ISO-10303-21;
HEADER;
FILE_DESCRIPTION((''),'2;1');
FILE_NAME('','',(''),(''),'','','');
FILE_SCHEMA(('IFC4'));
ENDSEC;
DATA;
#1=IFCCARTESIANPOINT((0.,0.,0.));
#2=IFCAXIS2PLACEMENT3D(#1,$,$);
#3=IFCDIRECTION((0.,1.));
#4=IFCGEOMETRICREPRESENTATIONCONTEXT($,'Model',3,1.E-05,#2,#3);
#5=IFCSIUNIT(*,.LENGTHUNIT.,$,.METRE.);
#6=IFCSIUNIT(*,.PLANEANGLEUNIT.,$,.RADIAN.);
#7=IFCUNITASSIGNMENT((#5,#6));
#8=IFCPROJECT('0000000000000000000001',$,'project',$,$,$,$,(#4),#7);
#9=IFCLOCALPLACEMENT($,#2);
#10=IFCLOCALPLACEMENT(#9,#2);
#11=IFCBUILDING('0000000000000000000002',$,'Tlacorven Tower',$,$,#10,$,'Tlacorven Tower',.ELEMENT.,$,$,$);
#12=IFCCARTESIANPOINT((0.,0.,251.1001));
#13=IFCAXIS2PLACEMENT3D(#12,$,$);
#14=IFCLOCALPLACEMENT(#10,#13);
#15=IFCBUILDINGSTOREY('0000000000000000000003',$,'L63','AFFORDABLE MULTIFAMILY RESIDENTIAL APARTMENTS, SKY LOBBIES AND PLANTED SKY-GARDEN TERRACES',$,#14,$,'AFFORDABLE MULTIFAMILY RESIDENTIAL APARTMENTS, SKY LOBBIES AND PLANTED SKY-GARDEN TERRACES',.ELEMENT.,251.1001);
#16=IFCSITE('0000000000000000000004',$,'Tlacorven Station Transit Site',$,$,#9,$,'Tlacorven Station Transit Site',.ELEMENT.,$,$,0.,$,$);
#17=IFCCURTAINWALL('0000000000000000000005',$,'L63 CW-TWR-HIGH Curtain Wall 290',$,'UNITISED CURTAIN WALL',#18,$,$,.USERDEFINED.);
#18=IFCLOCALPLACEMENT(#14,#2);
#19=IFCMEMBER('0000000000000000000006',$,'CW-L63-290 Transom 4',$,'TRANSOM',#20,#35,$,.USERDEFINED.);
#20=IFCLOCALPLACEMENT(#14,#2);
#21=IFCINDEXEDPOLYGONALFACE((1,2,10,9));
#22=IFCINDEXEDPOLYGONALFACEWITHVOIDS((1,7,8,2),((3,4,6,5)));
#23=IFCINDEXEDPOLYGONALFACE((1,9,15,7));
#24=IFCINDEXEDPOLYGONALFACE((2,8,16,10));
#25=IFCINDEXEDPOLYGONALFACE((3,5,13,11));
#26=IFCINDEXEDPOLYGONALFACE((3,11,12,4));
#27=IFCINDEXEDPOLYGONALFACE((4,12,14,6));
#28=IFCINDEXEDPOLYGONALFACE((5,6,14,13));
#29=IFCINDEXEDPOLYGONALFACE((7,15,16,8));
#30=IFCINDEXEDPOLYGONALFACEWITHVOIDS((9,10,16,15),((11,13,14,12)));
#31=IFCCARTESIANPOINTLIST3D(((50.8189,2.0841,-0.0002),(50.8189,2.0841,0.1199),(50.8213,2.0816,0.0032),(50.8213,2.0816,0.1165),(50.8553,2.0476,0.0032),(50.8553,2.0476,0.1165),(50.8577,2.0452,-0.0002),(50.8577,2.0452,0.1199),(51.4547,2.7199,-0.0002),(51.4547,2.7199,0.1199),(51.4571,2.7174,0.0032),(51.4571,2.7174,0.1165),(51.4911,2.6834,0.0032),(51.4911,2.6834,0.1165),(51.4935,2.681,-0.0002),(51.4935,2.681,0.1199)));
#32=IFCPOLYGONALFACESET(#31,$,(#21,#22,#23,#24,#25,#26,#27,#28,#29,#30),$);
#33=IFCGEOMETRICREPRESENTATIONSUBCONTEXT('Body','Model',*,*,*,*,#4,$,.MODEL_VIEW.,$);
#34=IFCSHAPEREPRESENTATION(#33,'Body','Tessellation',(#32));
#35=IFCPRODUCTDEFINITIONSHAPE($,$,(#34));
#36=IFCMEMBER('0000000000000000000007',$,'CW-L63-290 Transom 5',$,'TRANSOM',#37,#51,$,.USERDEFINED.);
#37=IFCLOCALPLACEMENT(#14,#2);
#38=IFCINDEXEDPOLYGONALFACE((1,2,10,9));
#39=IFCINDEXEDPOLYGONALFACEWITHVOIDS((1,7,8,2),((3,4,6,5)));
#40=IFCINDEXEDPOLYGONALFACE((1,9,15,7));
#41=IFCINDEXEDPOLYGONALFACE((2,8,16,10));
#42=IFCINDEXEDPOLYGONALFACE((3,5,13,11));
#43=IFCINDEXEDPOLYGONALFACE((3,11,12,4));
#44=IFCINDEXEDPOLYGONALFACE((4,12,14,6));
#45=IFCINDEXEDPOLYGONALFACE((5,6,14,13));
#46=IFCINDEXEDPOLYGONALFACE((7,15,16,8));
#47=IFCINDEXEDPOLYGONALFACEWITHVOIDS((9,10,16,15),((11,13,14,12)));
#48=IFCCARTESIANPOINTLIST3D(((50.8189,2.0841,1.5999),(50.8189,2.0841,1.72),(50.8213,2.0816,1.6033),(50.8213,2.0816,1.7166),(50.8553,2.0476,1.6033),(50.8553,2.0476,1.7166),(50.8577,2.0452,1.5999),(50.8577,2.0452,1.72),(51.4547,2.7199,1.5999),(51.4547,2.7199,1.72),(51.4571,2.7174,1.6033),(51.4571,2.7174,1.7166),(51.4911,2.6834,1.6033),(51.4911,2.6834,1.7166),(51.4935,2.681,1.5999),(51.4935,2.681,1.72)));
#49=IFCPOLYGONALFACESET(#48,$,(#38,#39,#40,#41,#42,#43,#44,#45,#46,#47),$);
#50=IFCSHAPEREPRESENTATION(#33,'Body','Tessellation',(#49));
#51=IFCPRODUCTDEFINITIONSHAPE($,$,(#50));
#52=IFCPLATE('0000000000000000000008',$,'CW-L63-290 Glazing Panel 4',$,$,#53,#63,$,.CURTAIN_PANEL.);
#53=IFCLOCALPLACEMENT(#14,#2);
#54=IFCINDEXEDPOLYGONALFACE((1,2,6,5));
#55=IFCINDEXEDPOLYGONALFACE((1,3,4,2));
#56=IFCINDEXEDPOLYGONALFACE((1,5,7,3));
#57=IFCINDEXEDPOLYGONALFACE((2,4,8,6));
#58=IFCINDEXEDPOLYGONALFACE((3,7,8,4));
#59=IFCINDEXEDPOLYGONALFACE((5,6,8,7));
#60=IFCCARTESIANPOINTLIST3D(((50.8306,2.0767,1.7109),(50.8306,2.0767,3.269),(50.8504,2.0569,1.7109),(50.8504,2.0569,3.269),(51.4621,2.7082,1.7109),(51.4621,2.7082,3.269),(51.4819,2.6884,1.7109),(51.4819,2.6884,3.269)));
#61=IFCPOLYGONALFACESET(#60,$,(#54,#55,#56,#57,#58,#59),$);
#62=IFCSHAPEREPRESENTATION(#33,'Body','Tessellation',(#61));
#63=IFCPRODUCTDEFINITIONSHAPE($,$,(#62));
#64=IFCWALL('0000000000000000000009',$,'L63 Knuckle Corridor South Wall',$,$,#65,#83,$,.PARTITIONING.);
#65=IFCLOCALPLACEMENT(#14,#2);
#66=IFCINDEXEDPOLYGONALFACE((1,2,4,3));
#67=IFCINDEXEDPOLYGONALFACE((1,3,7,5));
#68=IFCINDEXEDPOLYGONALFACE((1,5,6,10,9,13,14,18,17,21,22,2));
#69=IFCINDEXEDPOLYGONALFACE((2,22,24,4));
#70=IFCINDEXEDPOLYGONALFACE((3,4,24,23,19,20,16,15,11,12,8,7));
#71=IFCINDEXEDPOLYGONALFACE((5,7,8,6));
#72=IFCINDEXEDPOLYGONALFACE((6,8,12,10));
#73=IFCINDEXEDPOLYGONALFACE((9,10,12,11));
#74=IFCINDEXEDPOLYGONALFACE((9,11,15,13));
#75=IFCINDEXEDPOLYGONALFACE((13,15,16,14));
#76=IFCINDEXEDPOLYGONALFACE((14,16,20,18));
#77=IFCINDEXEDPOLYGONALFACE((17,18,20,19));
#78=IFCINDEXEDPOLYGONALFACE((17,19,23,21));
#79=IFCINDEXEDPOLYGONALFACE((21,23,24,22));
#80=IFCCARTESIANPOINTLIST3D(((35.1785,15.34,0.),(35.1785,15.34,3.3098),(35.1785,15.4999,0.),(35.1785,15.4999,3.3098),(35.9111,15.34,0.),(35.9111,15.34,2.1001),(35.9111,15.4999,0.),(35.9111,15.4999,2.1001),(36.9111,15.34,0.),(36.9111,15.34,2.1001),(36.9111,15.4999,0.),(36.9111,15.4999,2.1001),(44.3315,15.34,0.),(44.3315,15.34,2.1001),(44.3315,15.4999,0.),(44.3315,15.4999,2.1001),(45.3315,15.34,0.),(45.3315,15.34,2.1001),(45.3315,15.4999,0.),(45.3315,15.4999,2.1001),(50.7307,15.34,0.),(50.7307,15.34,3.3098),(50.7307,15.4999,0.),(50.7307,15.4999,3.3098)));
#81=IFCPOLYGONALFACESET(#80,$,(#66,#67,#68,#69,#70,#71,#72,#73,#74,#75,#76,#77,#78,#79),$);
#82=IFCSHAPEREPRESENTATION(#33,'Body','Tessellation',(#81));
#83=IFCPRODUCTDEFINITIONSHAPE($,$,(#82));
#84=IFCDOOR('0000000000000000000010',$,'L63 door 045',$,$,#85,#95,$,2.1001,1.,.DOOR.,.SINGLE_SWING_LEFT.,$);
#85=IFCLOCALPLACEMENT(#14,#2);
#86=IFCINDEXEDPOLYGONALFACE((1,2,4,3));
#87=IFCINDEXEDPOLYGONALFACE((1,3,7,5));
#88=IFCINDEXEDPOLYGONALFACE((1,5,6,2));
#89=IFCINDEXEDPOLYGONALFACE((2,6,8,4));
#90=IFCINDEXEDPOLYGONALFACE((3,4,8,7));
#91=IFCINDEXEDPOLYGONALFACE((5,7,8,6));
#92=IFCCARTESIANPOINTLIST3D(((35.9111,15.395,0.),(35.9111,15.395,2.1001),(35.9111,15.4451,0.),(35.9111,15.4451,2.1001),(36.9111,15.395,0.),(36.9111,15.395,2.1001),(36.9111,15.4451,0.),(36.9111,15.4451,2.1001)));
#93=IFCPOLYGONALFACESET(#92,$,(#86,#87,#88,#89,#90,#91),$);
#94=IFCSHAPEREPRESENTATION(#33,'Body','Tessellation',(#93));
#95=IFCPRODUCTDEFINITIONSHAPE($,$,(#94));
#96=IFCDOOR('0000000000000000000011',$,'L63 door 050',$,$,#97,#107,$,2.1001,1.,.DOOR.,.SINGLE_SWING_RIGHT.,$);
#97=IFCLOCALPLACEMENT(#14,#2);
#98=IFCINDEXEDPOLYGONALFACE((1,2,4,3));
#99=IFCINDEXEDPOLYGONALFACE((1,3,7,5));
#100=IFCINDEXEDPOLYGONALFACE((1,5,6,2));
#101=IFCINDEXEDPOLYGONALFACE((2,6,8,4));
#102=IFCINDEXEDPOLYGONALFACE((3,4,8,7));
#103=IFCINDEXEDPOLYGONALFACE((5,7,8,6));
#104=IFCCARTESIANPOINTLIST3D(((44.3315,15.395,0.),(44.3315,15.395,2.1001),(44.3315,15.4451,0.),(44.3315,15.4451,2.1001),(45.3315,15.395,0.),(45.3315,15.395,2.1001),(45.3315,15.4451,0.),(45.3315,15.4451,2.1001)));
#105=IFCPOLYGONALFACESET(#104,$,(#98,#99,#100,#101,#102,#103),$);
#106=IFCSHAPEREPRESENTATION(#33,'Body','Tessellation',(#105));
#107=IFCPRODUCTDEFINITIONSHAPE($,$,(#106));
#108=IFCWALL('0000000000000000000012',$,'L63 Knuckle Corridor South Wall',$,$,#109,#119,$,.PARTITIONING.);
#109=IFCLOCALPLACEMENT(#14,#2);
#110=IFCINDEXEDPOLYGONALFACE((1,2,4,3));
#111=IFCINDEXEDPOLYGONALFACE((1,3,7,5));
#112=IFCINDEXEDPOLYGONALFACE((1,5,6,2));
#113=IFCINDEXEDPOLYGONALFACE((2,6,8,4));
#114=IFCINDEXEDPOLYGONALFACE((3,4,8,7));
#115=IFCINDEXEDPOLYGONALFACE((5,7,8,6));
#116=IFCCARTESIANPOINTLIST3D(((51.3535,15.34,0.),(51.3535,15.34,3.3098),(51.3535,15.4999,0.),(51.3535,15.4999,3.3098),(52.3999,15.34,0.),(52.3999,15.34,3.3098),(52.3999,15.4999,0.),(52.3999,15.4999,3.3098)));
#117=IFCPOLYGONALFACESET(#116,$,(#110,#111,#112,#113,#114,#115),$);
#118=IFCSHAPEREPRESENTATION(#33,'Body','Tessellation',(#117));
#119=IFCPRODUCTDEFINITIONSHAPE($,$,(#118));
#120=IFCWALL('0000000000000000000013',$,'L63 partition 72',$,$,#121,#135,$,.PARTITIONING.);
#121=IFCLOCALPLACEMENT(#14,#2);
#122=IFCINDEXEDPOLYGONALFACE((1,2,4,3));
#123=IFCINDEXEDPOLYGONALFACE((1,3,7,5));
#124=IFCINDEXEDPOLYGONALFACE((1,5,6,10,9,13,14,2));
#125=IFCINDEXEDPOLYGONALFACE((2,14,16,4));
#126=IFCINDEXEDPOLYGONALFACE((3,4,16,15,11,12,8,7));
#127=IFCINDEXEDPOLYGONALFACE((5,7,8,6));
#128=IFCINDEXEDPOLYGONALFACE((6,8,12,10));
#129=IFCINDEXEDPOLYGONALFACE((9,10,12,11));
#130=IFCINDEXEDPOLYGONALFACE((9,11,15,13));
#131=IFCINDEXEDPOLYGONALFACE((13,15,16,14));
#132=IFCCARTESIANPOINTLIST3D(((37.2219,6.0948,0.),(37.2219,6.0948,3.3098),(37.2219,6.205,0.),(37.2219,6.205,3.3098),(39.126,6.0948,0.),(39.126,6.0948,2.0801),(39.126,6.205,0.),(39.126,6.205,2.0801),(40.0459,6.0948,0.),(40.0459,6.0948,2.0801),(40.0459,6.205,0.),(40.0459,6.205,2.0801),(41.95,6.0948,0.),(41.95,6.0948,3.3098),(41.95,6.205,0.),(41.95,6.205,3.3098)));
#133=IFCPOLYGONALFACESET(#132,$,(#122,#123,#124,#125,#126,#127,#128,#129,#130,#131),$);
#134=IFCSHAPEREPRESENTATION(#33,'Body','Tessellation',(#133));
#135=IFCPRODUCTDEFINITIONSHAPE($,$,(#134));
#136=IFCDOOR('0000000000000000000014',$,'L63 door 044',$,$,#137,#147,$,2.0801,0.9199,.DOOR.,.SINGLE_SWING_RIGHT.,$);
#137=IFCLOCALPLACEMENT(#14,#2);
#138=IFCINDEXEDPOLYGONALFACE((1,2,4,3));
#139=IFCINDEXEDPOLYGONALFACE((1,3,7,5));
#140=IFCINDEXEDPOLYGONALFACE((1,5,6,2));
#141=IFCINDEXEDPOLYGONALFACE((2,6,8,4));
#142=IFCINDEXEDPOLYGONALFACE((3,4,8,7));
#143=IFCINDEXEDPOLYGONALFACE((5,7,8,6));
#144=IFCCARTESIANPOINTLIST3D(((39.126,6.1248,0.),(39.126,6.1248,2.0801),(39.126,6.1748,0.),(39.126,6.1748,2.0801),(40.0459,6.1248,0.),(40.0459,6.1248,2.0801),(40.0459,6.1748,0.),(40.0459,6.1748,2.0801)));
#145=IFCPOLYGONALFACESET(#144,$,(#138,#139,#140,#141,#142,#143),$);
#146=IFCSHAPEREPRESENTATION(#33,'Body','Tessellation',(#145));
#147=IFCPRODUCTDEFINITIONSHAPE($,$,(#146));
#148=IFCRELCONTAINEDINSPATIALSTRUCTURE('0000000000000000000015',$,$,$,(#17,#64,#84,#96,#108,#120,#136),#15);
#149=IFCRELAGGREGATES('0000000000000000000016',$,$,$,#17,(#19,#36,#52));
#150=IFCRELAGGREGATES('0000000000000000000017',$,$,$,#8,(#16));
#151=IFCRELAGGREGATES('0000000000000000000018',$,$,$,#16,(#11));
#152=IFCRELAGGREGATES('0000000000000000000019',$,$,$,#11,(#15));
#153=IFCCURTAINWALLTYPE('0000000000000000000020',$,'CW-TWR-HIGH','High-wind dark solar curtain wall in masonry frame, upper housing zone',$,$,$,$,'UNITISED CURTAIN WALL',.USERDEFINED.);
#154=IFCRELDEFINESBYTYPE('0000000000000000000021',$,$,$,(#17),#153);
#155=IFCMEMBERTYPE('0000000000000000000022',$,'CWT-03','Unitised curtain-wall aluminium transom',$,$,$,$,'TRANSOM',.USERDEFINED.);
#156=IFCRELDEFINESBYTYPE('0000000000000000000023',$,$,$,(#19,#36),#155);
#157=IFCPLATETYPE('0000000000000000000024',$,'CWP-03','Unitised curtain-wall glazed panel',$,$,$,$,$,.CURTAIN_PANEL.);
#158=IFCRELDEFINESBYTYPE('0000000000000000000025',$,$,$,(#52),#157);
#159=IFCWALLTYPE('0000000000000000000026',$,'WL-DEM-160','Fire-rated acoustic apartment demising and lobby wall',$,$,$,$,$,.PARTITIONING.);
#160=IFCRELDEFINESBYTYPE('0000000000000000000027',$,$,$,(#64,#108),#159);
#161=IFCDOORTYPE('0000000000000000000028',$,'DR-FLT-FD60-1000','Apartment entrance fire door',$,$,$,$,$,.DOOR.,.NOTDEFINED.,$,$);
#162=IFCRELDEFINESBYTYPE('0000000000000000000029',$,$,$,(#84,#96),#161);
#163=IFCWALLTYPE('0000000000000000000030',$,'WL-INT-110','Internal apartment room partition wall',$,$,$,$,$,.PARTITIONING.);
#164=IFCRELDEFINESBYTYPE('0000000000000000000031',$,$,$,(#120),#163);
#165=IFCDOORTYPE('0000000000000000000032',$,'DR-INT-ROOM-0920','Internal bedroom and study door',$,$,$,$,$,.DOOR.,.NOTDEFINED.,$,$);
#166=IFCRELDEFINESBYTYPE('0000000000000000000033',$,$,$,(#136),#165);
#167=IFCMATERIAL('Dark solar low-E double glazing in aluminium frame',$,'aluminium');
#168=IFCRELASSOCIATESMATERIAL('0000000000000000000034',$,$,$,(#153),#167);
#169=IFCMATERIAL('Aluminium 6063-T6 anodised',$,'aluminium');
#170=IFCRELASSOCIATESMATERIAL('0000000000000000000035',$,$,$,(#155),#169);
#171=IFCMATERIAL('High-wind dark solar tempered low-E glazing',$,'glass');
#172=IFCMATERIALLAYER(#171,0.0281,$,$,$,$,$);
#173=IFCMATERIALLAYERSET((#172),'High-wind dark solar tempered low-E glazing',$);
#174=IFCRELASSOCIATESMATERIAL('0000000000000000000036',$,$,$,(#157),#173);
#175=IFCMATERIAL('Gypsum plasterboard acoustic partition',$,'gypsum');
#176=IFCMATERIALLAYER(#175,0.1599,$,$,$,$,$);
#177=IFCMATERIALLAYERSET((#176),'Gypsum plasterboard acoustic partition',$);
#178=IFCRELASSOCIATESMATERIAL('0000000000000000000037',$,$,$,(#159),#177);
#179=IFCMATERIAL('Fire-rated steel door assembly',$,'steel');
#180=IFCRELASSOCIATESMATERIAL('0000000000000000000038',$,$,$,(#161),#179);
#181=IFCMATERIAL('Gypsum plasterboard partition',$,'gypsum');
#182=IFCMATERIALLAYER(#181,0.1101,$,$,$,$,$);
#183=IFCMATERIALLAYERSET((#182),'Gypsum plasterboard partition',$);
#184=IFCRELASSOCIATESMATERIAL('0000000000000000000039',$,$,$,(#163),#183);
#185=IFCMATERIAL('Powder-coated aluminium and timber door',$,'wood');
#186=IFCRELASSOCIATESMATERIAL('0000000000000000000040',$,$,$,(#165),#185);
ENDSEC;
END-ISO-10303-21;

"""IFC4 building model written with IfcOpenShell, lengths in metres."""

from ifc_helpers import new_model, si_unit, direction, frame, frame_2d, origin, origin_2d, place, context, subcontext, project, spatial, rectangle, hollow_rectangle, extrude, source, transform, mapped, material, layer, layer_set, material_profile, profile_set, type_object, element, fill, aggregate, save


model = new_model("IFC4")

# Units and contexts
model_context = context("Model", 3, precision=1e-05, world=origin(), true_north=direction((0.0, 1.0)))
body_context = subcontext(model_context, "Body", "Model", "MODEL_VIEW")
ifc_project = project(units=[si_unit("LENGTHUNIT", "METRE"), si_unit("PLANEANGLEUNIT", "RADIAN")], contexts=[model_context])

# Site, building, storey
site_placement = place(None, origin())
site = spatial("IfcSite", under=ifc_project, at=site_placement, Name="Tlacorven Station Transit Site", LongName="Tlacorven Station Transit Site", CompositionType="ELEMENT", RefElevation=0.0)
building_placement = place(site_placement, origin())
building = spatial("IfcBuilding", under=site, at=building_placement, Name="Tlacorven Tower", LongName="Tlacorven Tower", CompositionType="ELEMENT")
storey_placement = place(building_placement, frame((0.0, 0.0, 251.1001)))
storey = spatial("IfcBuildingStorey", under=building, at=storey_placement, Name="L63", Description="AFFORDABLE MULTIFAMILY RESIDENTIAL APARTMENTS, SKY LOBBIES AND PLANTED SKY-GARDEN TERRACES", LongName="AFFORDABLE MULTIFAMILY RESIDENTIAL APARTMENTS, SKY LOBBIES AND PLANTED SKY-GARDEN TERRACES", CompositionType="ELEMENT", Elevation=251.1001)

# Curtain wall, members, plate
ifc_material_1 = material(Name="Dark solar low-E double glazing in aluminium frame", Category="aluminium")
curtain_wall_type = type_object("IfcCurtainWallType", Name="CW-TWR-HIGH", Description="High-wind dark solar curtain wall in masonry frame, upper housing zone", ElementType="UNITISED CURTAIN WALL", PredefinedType="USERDEFINED", material=ifc_material_1)
curtain_wall_placement = place(storey_placement, origin())
curtain_wall = element("IfcCurtainWall", 1, at=curtain_wall_placement, inside=storey, type_object=curtain_wall_type, Name="L63 CW-TWR-HIGH Curtain Wall 290", ObjectType="UNITISED CURTAIN WALL", PredefinedType="USERDEFINED")
ifc_material_2 = material(Name="Aluminium 6063-T6 anodised", Category="aluminium")
ifc_material_profile = material_profile(ifc_material_2, hollow_rectangle(XDim=0.0549, YDim=0.1201, WallThickness=0.0034, at=origin_2d()), Name="ALU TRANSOM 55X120")
ifc_profile_set = profile_set([ifc_material_profile], Name="Aluminium 6063-T6 anodised")
member_type = type_object("IfcMemberType", Name="CWT-03", Description="Unitised curtain-wall aluminium transom", ElementType="TRANSOM", PredefinedType="USERDEFINED", material=ifc_profile_set)
shared_shape_1 = source(origin(), body_context, "Body", "SweptSolid", [
    extrude(hollow_rectangle(XDim=0.0549, YDim=0.1201, WallThickness=0.0034, at=origin_2d()), origin(), (0.0, 0.0, 1.0), 0.8992),
])
member_1_placement = place(storey_placement, frame((51.4741, 2.7004, 0.0598), z_axis=(-0.707107, -0.707107, 0.0), x_axis=(0.707107, -0.707107, 0.0)))
member_1 = element("IfcMember", 2, at=member_1_placement, type_object=member_type, Name="CW-L63-290 Transom 4", ObjectType="TRANSOM", PredefinedType="USERDEFINED", context=body_context, shape_type="MappedRepresentation", body=[
    mapped(shared_shape_1, transform((0.0, 0.0, 0.0), scale=1.0)),
])
member_2_placement = place(storey_placement, frame((51.4741, 2.7004, 1.6599), z_axis=(-0.707107, -0.707107, 0.0), x_axis=(0.707107, -0.707107, 0.0)))
member_2 = element("IfcMember", 3, at=member_2_placement, type_object=member_type, Name="CW-L63-290 Transom 5", ObjectType="TRANSOM", PredefinedType="USERDEFINED", context=body_context, shape_type="MappedRepresentation", body=[
    mapped(shared_shape_1, transform((0.0, 0.0, 0.0), scale=1.0)),
])
ifc_material_3 = material(Name="High-wind dark solar tempered low-E glazing", Category="glass")
ifc_layer_1 = layer(ifc_material_3, 0.0281)
ifc_layer_set_1 = layer_set([ifc_layer_1], Name="High-wind dark solar tempered low-E glazing")
plate_type = type_object("IfcPlateType", Name="CWP-03", Description="Unitised curtain-wall glazed panel", PredefinedType="CURTAIN_PANEL", material=ifc_layer_set_1)
shared_shape_2 = source(origin(), body_context, "Body", "SweptSolid", [
    extrude(rectangle(XDim=0.8931, YDim=0.0281, at=origin_2d()), origin(), (0.0, 0.0, 1.0), 1.5581),
])
plate_placement = place(storey_placement, frame((51.1562, 2.3826, 1.7109), z_axis=(0.0, 0.0, 1.0), x_axis=(-0.707107, -0.707107, 0.0)))
plate = element("IfcPlate", 4, at=plate_placement, type_object=plate_type, Name="CW-L63-290 Glazing Panel 4", PredefinedType="CURTAIN_PANEL", context=body_context, shape_type="MappedRepresentation", body=[
    mapped(shared_shape_2, transform((0.0, 0.0, 0.0), scale=1.0)),
])
aggregate(curtain_wall, [member_1, member_2, plate])

# Wall, openings, doors
ifc_material_4 = material(Name="Gypsum plasterboard acoustic partition", Category="gypsum")
ifc_layer_2 = layer(ifc_material_4, 0.1599)
ifc_layer_set_2 = layer_set([ifc_layer_2], Name="Gypsum plasterboard acoustic partition")
wall_type_1 = type_object("IfcWallType", Name="WL-DEM-160", Description="Fire-rated acoustic apartment demising and lobby wall", PredefinedType="PARTITIONING", material=ifc_layer_set_2)
wall_1_placement = place(storey_placement, frame((35.1785, 15.4199, 0.0), z_axis=(0.0, 0.0, 1.0), x_axis=(1.0, 0.0, 0.0)))
wall_1 = element("IfcWall", 5, at=wall_1_placement, inside=storey, type_object=wall_type_1, Name="L63 Knuckle Corridor South Wall", PredefinedType="PARTITIONING", context=body_context, shape_type="SweptSolid", body=[
    extrude(rectangle(XDim=15.5522, YDim=0.1599, at=frame_2d((7.7761, 0.0))), origin(), (0.0, 0.0, 1.0), 3.3098),
])
opening_1_placement = place(wall_1_placement, frame((0.7327, 0.0, 0.0)))
opening_1 = element("IfcOpeningElement", 6, at=opening_1_placement, cuts=wall_1, PredefinedType="OPENING", context=body_context, shape_type="SweptSolid", body=[
    extrude(rectangle(XDim=1.0, YDim=2.1001, at=frame_2d((0.5, 1.05))), frame((0.0, 0.0898, 0.0), z_axis=(0.0, -1.0, 0.0), x_axis=(1.0, 0.0, 0.0)), (0.0, 0.0, 1.0), 0.1799),
])
opening_2_placement = place(wall_1_placement, frame((9.1531, 0.0, 0.0)))
opening_2 = element("IfcOpeningElement", 7, at=opening_2_placement, cuts=wall_1, PredefinedType="OPENING", context=body_context, shape_type="SweptSolid", body=[
    extrude(rectangle(XDim=1.0, YDim=2.1001, at=frame_2d((0.5, 1.05))), frame((0.0, 0.0898, 0.0), z_axis=(0.0, -1.0, 0.0), x_axis=(1.0, 0.0, 0.0)), (0.0, 0.0, 1.0), 0.1799),
])
ifc_material_5 = material(Name="Fire-rated steel door assembly", Category="steel")
door_type_1 = type_object("IfcDoorType", Name="DR-FLT-FD60-1000", Description="Apartment entrance fire door", OperationType="NOTDEFINED", PredefinedType="DOOR", material=ifc_material_5)
shared_shape_3 = source(origin(), body_context, "Body", "SweptSolid", [
    extrude(rectangle(XDim=1.0, YDim=2.1001, at=frame_2d((0.5, 1.05))), frame((0.0, 0.0249, 0.0), z_axis=(0.0, -1.0, 0.0), x_axis=(1.0, 0.0, 0.0)), (0.0, 0.0, 1.0), 0.05),
])
door_1_placement = place(opening_1_placement, frame((1.0, 0.0, 0.0), z_axis=(0.0, 0.0, 1.0), x_axis=(-1.0, 0.0, 0.0)))
door_1 = element("IfcDoor", 8, at=door_1_placement, inside=storey, type_object=door_type_1, Name="L63 door 045", OperationType="SINGLE_SWING_LEFT", OverallHeight=2.1001, OverallWidth=1.0, PredefinedType="DOOR", context=body_context, shape_type="MappedRepresentation", body=[
    mapped(shared_shape_3, transform((0.0, 0.0, 0.0), scale=1.0)),
])
fill(opening_1, door_1)
door_2_placement = place(opening_2_placement, frame((1.0, 0.0, 0.0), z_axis=(0.0, 0.0, 1.0), x_axis=(-1.0, 0.0, 0.0)))
door_2 = element("IfcDoor", 9, at=door_2_placement, inside=storey, type_object=door_type_1, Name="L63 door 050", OperationType="SINGLE_SWING_RIGHT", OverallHeight=2.1001, OverallWidth=1.0, PredefinedType="DOOR", context=body_context, shape_type="MappedRepresentation", body=[
    mapped(shared_shape_3, transform((0.0, 0.0, 0.0), scale=1.0)),
])
fill(opening_2, door_2)

# Wall
wall_2_placement = place(storey_placement, frame((51.3535, 15.4199, 0.0), z_axis=(0.0, 0.0, 1.0), x_axis=(1.0, 0.0, 0.0)))
element("IfcWall", 10, at=wall_2_placement, inside=storey, type_object=wall_type_1, Name="L63 Knuckle Corridor South Wall", PredefinedType="PARTITIONING", context=body_context, shape_type="SweptSolid", body=[
    extrude(rectangle(XDim=1.0464, YDim=0.1599, at=frame_2d((0.5232, 0.0))), origin(), (0.0, 0.0, 1.0), 3.3098),
])

# Wall, opening, door
ifc_material_6 = material(Name="Gypsum plasterboard partition", Category="gypsum")
ifc_layer_3 = layer(ifc_material_6, 0.1101)
ifc_layer_set_3 = layer_set([ifc_layer_3], Name="Gypsum plasterboard partition")
wall_type_2 = type_object("IfcWallType", Name="WL-INT-110", Description="Internal apartment room partition wall", PredefinedType="PARTITIONING", material=ifc_layer_set_3)
wall_3_placement = place(storey_placement, frame((37.2219, 6.1499, 0.0), z_axis=(0.0, 0.0, 1.0), x_axis=(1.0, 0.0, 0.0)))
wall_3 = element("IfcWall", 11, at=wall_3_placement, inside=storey, type_object=wall_type_2, Name="L63 partition 72", PredefinedType="PARTITIONING", context=body_context, shape_type="SweptSolid", body=[
    extrude(rectangle(XDim=4.728, YDim=0.1101, at=frame_2d((2.364, 0.0))), origin(), (0.0, 0.0, 1.0), 3.3098),
])
opening_3_placement = place(wall_3_placement, frame((1.9041, 0.0, 0.0)))
opening_3 = element("IfcOpeningElement", 12, at=opening_3_placement, cuts=wall_3, PredefinedType="OPENING", context=body_context, shape_type="SweptSolid", body=[
    extrude(rectangle(XDim=0.9199, YDim=2.0801, at=frame_2d((0.46, 1.04))), frame((0.0, 0.0649, 0.0), z_axis=(0.0, -1.0, 0.0), x_axis=(1.0, 0.0, 0.0)), (0.0, 0.0, 1.0), 0.1301),
])
ifc_material_7 = material(Name="Powder-coated aluminium and timber door", Category="wood")
door_type_2 = type_object("IfcDoorType", Name="DR-INT-ROOM-0920", Description="Internal bedroom and study door", OperationType="NOTDEFINED", PredefinedType="DOOR", material=ifc_material_7)
shared_shape_4 = source(origin(), body_context, "Body", "SweptSolid", [
    extrude(rectangle(XDim=0.9199, YDim=2.0801, at=frame_2d((0.46, 1.04))), frame((0.0, 0.0249, 0.0), z_axis=(0.0, -1.0, 0.0), x_axis=(1.0, 0.0, 0.0)), (0.0, 0.0, 1.0), 0.05),
])
door_3_placement = place(opening_3_placement, origin())
door_3 = element("IfcDoor", 13, at=door_3_placement, inside=storey, type_object=door_type_2, Name="L63 door 044", OperationType="SINGLE_SWING_RIGHT", OverallHeight=2.0801, OverallWidth=0.9199, PredefinedType="DOOR", context=body_context, shape_type="MappedRepresentation", body=[
    mapped(shared_shape_4, transform((0.0, 0.0, 0.0), scale=1.0)),
])
fill(opening_3, door_3)

save(model, "model.ifc")
